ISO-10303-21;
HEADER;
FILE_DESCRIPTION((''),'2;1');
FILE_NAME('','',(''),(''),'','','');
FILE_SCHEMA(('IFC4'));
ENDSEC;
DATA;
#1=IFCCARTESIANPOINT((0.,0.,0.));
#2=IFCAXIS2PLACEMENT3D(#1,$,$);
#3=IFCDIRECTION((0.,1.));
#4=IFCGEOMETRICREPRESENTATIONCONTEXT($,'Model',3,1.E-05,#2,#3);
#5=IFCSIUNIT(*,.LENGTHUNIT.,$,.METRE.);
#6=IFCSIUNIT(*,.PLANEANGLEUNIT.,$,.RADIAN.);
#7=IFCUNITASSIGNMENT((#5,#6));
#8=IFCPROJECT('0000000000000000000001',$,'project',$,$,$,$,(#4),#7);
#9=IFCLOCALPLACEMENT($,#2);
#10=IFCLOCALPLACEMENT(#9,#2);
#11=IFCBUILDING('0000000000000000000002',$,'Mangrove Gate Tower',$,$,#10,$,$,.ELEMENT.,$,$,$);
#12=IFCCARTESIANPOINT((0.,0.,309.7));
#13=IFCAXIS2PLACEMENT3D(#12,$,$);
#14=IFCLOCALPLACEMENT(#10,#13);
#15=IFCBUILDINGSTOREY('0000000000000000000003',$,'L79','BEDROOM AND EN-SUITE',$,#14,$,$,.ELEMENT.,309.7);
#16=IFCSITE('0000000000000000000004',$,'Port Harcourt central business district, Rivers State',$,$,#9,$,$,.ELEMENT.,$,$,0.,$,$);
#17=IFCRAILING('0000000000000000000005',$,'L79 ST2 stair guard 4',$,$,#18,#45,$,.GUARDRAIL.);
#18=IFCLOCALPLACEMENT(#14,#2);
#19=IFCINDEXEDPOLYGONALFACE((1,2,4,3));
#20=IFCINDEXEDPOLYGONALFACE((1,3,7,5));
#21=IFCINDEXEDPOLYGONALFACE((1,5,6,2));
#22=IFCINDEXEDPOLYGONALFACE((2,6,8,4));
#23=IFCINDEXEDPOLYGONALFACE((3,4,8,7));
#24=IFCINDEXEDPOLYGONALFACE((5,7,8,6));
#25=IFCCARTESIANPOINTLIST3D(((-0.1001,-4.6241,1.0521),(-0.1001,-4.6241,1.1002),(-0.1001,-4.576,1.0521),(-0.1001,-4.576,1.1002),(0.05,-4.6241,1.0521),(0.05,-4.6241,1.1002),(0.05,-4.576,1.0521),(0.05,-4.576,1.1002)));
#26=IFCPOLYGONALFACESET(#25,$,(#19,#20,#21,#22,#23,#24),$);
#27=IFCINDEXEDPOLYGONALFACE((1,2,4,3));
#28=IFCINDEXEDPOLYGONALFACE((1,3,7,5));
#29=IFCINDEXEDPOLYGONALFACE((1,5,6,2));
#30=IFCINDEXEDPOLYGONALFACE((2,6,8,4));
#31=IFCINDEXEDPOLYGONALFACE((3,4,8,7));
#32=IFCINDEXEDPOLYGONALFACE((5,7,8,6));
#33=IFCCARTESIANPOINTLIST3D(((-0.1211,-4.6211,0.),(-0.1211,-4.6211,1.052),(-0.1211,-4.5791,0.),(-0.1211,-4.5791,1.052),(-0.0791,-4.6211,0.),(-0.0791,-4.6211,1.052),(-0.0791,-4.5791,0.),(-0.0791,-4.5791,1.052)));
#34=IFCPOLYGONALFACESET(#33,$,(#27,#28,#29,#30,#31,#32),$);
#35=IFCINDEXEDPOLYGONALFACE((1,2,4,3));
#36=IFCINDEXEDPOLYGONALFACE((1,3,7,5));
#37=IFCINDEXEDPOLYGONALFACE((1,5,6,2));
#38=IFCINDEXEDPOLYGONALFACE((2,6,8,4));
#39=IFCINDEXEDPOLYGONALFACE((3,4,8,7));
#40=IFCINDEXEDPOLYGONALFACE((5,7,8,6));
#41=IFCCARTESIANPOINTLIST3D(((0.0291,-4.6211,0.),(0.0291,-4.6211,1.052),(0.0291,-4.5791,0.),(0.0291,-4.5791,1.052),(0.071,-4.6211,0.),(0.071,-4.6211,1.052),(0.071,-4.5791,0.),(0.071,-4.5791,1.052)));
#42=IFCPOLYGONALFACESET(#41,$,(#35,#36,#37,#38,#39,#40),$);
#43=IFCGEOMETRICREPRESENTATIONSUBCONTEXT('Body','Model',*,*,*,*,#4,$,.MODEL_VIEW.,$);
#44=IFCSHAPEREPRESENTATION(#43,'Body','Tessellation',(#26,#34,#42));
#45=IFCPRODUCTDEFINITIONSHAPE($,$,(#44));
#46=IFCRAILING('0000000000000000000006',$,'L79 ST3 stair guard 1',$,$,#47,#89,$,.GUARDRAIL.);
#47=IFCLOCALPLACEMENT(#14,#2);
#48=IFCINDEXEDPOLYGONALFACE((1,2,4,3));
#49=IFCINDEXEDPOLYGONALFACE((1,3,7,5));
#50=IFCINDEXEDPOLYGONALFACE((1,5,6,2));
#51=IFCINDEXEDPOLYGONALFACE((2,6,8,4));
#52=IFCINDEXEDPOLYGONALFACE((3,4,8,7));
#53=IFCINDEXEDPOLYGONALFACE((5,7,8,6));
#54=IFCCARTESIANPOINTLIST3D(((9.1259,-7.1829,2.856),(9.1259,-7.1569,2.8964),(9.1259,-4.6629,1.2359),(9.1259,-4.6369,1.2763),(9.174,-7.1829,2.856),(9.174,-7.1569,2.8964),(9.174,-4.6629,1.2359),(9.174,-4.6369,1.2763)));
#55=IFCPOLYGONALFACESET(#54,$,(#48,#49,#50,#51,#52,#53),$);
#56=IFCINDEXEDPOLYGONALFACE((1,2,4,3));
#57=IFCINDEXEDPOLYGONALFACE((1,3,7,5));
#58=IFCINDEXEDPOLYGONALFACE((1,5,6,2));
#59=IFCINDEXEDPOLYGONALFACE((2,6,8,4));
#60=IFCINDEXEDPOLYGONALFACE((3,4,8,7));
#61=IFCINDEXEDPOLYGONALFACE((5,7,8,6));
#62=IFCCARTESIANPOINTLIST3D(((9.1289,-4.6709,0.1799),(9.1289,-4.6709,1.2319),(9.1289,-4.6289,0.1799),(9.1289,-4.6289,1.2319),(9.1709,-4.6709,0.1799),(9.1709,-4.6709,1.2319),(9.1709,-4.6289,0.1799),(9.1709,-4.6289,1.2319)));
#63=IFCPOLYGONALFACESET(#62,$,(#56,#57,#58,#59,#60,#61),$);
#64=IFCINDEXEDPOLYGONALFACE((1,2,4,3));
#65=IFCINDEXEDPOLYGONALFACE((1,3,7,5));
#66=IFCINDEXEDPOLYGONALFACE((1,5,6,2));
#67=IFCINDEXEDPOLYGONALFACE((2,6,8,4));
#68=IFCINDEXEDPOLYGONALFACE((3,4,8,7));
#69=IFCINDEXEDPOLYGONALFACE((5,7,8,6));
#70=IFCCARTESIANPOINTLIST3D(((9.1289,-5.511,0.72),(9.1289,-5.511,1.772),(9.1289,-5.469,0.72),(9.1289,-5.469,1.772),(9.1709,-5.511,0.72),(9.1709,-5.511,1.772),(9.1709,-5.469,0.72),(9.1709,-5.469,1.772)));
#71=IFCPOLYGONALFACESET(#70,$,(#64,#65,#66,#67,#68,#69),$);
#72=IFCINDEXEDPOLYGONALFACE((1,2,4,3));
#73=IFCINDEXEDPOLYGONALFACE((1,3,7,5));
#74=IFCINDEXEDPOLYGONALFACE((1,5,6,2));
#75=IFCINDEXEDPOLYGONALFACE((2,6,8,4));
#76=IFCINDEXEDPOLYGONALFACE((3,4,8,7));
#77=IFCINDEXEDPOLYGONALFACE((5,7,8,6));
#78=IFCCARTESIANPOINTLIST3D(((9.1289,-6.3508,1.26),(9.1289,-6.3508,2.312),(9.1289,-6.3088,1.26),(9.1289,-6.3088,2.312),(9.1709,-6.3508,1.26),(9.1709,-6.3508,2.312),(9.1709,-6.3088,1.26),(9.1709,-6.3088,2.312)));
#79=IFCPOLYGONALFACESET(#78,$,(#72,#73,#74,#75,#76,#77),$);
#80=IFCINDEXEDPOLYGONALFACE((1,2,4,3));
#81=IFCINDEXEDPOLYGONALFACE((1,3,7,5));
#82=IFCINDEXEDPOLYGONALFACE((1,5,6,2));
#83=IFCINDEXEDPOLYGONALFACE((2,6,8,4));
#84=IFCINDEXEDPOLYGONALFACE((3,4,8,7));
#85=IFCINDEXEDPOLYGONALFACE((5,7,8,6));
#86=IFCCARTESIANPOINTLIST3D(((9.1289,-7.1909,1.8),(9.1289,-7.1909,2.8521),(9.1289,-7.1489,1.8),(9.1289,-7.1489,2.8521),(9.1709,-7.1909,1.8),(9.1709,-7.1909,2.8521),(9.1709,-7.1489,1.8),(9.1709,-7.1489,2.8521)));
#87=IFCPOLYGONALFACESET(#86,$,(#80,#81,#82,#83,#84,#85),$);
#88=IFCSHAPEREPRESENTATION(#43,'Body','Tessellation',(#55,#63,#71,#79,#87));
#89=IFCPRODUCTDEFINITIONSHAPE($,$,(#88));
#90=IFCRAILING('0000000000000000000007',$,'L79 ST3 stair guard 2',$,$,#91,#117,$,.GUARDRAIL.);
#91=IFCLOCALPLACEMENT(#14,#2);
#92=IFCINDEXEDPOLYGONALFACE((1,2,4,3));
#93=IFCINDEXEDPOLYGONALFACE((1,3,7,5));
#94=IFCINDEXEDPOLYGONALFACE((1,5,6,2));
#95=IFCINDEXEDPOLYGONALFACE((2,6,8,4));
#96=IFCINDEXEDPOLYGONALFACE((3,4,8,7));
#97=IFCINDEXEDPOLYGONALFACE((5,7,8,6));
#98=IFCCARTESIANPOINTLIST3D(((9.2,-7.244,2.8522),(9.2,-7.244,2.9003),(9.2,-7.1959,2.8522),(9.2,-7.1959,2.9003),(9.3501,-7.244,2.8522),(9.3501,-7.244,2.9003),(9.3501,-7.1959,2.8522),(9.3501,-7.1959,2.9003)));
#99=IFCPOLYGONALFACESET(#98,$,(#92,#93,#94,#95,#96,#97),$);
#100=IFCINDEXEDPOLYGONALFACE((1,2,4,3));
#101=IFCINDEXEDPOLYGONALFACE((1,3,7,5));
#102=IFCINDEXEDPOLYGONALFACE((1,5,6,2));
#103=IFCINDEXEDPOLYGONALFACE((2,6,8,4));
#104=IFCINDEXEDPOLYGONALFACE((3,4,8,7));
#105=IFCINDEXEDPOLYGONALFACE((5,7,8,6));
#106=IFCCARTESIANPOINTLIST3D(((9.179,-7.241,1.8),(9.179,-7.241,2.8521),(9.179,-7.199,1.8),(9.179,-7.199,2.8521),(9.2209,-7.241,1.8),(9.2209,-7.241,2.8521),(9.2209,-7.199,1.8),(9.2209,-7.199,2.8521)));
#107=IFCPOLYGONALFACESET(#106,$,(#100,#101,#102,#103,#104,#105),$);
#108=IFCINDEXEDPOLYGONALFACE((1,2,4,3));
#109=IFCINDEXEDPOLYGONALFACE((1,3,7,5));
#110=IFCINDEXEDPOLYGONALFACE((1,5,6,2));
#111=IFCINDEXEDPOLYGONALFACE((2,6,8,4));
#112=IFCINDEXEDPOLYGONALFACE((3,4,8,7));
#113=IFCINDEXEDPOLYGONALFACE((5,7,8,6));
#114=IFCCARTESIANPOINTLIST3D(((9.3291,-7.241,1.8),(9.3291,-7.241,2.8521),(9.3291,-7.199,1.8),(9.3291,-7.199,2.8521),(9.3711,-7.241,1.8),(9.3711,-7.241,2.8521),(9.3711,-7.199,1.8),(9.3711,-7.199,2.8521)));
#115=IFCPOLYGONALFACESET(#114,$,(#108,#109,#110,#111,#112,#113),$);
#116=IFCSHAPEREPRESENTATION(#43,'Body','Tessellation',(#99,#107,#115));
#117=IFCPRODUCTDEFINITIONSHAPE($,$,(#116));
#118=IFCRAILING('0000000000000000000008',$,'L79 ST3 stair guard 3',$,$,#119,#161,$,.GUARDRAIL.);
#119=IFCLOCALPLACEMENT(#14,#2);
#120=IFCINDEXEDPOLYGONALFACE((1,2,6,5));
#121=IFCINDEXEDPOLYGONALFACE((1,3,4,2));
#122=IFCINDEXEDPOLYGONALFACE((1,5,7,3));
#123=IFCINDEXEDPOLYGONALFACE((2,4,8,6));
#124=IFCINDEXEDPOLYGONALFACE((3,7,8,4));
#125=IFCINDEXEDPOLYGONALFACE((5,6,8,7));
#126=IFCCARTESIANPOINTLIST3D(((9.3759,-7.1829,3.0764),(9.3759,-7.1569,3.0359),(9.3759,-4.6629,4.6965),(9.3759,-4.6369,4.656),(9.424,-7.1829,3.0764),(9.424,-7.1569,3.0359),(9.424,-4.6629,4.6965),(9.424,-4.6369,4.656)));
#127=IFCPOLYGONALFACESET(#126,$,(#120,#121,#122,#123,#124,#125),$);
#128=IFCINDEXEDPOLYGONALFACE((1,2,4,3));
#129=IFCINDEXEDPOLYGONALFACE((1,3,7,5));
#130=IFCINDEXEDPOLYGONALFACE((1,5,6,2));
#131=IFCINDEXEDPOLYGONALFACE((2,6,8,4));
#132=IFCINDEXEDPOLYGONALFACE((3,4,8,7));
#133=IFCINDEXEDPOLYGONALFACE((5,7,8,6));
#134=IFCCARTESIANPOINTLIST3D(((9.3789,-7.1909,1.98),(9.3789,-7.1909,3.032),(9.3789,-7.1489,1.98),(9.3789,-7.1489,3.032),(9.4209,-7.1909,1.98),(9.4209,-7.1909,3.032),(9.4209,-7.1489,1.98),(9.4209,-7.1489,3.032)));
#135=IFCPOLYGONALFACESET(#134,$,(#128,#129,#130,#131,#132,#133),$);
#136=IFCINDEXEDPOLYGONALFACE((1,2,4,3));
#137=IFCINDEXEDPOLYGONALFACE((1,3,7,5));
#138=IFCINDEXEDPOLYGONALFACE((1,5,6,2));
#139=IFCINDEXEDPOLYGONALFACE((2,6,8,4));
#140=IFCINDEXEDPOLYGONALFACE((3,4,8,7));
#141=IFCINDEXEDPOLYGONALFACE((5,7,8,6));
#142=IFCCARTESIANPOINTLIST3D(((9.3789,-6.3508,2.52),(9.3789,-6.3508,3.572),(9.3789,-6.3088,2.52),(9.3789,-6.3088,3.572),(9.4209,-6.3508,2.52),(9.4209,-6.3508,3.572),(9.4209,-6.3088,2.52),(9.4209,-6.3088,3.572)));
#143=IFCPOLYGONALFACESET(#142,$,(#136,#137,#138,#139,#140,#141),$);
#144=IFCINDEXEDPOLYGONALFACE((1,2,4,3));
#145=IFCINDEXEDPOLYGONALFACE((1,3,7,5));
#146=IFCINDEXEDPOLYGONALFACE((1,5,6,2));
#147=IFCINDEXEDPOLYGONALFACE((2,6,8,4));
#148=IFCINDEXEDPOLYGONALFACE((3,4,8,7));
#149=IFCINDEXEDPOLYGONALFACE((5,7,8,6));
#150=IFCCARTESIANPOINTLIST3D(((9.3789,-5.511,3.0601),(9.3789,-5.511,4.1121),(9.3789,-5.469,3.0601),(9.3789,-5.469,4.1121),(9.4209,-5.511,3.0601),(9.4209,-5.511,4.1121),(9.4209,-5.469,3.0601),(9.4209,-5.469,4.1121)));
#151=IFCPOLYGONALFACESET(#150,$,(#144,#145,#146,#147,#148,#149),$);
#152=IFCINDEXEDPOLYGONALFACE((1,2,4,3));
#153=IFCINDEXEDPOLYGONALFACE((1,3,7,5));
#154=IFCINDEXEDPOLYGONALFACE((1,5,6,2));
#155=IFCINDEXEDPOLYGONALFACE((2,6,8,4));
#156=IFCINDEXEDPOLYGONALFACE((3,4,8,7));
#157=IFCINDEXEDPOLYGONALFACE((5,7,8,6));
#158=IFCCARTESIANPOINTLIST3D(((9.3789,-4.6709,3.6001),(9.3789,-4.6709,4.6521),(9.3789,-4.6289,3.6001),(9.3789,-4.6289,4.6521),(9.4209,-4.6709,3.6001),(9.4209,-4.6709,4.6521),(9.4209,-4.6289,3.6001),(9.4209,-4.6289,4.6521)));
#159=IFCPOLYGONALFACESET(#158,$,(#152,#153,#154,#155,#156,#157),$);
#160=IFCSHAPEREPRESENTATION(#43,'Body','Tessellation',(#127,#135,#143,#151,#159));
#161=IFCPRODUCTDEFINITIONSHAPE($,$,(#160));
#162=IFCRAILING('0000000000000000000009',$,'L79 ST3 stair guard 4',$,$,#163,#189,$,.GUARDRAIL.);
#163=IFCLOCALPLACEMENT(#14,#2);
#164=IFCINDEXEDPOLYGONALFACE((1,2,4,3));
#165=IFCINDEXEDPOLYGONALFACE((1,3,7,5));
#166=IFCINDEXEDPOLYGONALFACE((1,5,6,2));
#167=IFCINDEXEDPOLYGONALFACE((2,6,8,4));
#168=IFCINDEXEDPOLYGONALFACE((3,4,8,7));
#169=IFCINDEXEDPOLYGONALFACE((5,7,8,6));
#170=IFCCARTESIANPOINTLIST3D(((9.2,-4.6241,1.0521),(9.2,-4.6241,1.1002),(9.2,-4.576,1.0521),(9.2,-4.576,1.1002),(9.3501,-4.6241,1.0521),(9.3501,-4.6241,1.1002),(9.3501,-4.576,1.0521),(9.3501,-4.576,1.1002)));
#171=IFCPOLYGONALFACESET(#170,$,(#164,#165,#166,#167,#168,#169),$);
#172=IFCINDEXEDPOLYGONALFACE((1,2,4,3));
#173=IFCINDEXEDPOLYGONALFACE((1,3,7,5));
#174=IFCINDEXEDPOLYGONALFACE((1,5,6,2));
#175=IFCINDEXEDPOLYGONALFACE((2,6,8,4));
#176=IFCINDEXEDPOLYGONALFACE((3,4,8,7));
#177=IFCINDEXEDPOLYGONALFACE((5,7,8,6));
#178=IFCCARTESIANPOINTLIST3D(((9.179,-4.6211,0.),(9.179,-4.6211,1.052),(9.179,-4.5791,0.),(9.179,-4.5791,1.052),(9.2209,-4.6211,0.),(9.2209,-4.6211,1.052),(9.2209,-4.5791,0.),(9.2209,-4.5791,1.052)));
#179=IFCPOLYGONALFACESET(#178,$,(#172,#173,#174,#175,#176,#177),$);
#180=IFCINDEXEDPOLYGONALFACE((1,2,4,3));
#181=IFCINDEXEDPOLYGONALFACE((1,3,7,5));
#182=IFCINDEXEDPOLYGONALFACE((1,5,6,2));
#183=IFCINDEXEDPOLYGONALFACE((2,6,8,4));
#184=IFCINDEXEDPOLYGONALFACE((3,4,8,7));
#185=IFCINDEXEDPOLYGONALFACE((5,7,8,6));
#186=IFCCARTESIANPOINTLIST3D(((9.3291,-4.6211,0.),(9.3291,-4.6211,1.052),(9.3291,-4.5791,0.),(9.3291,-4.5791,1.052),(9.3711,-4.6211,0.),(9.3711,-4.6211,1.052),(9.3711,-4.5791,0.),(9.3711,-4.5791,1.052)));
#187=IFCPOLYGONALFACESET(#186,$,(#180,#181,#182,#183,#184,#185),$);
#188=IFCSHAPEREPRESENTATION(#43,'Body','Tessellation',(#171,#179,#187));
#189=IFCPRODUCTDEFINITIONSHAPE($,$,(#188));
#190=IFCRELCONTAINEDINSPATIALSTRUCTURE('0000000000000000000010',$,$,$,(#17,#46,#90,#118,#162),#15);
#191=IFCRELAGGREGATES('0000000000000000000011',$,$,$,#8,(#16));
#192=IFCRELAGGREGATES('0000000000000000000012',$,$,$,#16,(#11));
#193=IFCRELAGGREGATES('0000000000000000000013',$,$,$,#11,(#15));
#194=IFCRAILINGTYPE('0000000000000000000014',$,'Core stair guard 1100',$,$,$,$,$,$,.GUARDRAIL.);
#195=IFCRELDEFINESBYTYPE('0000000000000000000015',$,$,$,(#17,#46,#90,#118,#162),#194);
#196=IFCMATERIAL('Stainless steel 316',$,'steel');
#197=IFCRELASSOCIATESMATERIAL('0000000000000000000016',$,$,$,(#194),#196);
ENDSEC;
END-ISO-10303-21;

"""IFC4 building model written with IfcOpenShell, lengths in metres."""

from ifc_helpers import new_model, si_unit, direction, frame, origin, origin_2d, place, context, subcontext, project, spatial, rectangle, extrude, material, type_object, element, save


model = new_model("IFC4")

# Units and contexts
model_context = context("Model", 3, precision=1e-05, world=origin(), true_north=direction((0.0, 1.0)))
body_context = subcontext(model_context, "Body", "Model", "MODEL_VIEW")
ifc_project = project(units=[si_unit("LENGTHUNIT", "METRE"), si_unit("PLANEANGLEUNIT", "RADIAN")], contexts=[model_context])

# Site, building, storey
site_placement = place(None, origin())
site = spatial("IfcSite", under=ifc_project, at=site_placement, Name="Port Harcourt central business district, Rivers State", CompositionType="ELEMENT", RefElevation=0.0)
building_placement = place(site_placement, origin())
building = spatial("IfcBuilding", under=site, at=building_placement, Name="Mangrove Gate Tower", CompositionType="ELEMENT")
storey_placement = place(building_placement, frame((0.0, 0.0, 309.7)))
storey = spatial("IfcBuildingStorey", under=building, at=storey_placement, Name="L79", Description="BEDROOM AND EN-SUITE", CompositionType="ELEMENT", Elevation=309.7)

# Railings
ifc_material_1 = material(Name="Stainless steel 316", Category="steel")
railing_type_1 = type_object("IfcRailingType", Name="Core stair guard 1100", PredefinedType="GUARDRAIL", material=ifc_material_1)
railing_1_placement = place(storey_placement, frame((-0.1001, -4.6001, 0.0)))
element("IfcRailing", 1, at=railing_1_placement, inside=storey, type_object=railing_type_1, Name="L79 ST2 stair guard 4", PredefinedType="GUARDRAIL", context=body_context, shape_type="SweptSolid", body=[
    extrude(rectangle(XDim=0.0481, YDim=0.0481, at=origin_2d()), frame((0.0, 0.0, 1.0762), z_axis=(1.0, 0.0, 0.0), x_axis=(0.0, 1.0, 0.0)), (0.0, 0.0, 1.0), 0.1501),
    extrude(rectangle(XDim=0.042, YDim=0.042, at=origin_2d()), origin(), (0.0, 0.0, 1.0), 1.052),
    extrude(rectangle(XDim=0.042, YDim=0.042, at=origin_2d()), frame((0.1501, 0.0, 0.0)), (0.0, 0.0, 1.0), 1.052),
])
railing_2_placement = place(storey_placement, frame((9.1499, -4.6499, 0.1799)))
element("IfcRailing", 2, at=railing_2_placement, inside=storey, type_object=railing_type_1, Name="L79 ST3 stair guard 1", PredefinedType="GUARDRAIL", context=body_context, shape_type="SweptSolid", body=[
    extrude(rectangle(XDim=0.0481, YDim=0.0481, at=origin_2d()), frame((0.0, 0.0, 1.0762), z_axis=(0.0, -0.841163, 0.540782), x_axis=(1.0, 0.0, 0.0)), (0.0, 0.0, 1.0), 2.9958),
    extrude(rectangle(XDim=0.042, YDim=0.042, at=origin_2d()), origin(), (0.0, 0.0, 1.0), 1.052),
    extrude(rectangle(XDim=0.042, YDim=0.042, at=origin_2d()), frame((0.0, -0.8401, 0.54)), (0.0, 0.0, 1.0), 1.052),
    extrude(rectangle(XDim=0.042, YDim=0.042, at=origin_2d()), frame((0.0, -1.6799, 1.0801)), (0.0, 0.0, 1.0), 1.052),
    extrude(rectangle(XDim=0.042, YDim=0.042, at=origin_2d()), frame((0.0, -2.52, 1.6201)), (0.0, 0.0, 1.0), 1.052),
])
railing_3_placement = place(storey_placement, frame((9.2, -7.22, 1.8)))
element("IfcRailing", 3, at=railing_3_placement, inside=storey, type_object=railing_type_1, Name="L79 ST3 stair guard 2", PredefinedType="GUARDRAIL", context=body_context, shape_type="SweptSolid", body=[
    extrude(rectangle(XDim=0.0481, YDim=0.0481, at=origin_2d()), frame((0.0, 0.0, 1.0762), z_axis=(1.0, 0.0, 0.0), x_axis=(0.0, 1.0, 0.0)), (0.0, 0.0, 1.0), 0.1501),
    extrude(rectangle(XDim=0.042, YDim=0.042, at=origin_2d()), origin(), (0.0, 0.0, 1.0), 1.052),
    extrude(rectangle(XDim=0.042, YDim=0.042, at=origin_2d()), frame((0.1501, 0.0, 0.0)), (0.0, 0.0, 1.0), 1.052),
])
railing_4_placement = place(storey_placement, frame((9.3999, -7.1699, 1.98)))
element("IfcRailing", 4, at=railing_4_placement, inside=storey, type_object=railing_type_1, Name="L79 ST3 stair guard 3", PredefinedType="GUARDRAIL", context=body_context, shape_type="SweptSolid", body=[
    extrude(rectangle(XDim=0.0481, YDim=0.0481, at=origin_2d()), frame((0.0, 0.0, 1.0762), z_axis=(0.0, 0.841163, 0.540782), x_axis=(-1.0, 0.0, 0.0)), (0.0, 0.0, 1.0), 2.9958),
    extrude(rectangle(XDim=0.042, YDim=0.042, at=origin_2d()), origin(), (0.0, 0.0, 1.0), 1.052),
    extrude(rectangle(XDim=0.042, YDim=0.042, at=origin_2d()), frame((0.0, 0.8401, 0.54)), (0.0, 0.0, 1.0), 1.052),
    extrude(rectangle(XDim=0.042, YDim=0.042, at=origin_2d()), frame((0.0, 1.6799, 1.0801)), (0.0, 0.0, 1.0), 1.052),
    extrude(rectangle(XDim=0.042, YDim=0.042, at=origin_2d()), frame((0.0, 2.52, 1.6201)), (0.0, 0.0, 1.0), 1.052),
])
railing_5_placement = place(storey_placement, frame((9.2, -4.6001, 0.0)))
element("IfcRailing", 5, at=railing_5_placement, inside=storey, type_object=railing_type_1, Name="L79 ST3 stair guard 4", PredefinedType="GUARDRAIL", context=body_context, shape_type="SweptSolid", body=[
    extrude(rectangle(XDim=0.0481, YDim=0.0481, at=origin_2d()), frame((0.0, 0.0, 1.0762), z_axis=(1.0, 0.0, 0.0), x_axis=(0.0, 1.0, 0.0)), (0.0, 0.0, 1.0), 0.1501),
    extrude(rectangle(XDim=0.042, YDim=0.042, at=origin_2d()), origin(), (0.0, 0.0, 1.0), 1.052),
    extrude(rectangle(XDim=0.042, YDim=0.042, at=origin_2d()), frame((0.1501, 0.0, 0.0)), (0.0, 0.0, 1.0), 1.052),
])

save(model, "model.ifc")
